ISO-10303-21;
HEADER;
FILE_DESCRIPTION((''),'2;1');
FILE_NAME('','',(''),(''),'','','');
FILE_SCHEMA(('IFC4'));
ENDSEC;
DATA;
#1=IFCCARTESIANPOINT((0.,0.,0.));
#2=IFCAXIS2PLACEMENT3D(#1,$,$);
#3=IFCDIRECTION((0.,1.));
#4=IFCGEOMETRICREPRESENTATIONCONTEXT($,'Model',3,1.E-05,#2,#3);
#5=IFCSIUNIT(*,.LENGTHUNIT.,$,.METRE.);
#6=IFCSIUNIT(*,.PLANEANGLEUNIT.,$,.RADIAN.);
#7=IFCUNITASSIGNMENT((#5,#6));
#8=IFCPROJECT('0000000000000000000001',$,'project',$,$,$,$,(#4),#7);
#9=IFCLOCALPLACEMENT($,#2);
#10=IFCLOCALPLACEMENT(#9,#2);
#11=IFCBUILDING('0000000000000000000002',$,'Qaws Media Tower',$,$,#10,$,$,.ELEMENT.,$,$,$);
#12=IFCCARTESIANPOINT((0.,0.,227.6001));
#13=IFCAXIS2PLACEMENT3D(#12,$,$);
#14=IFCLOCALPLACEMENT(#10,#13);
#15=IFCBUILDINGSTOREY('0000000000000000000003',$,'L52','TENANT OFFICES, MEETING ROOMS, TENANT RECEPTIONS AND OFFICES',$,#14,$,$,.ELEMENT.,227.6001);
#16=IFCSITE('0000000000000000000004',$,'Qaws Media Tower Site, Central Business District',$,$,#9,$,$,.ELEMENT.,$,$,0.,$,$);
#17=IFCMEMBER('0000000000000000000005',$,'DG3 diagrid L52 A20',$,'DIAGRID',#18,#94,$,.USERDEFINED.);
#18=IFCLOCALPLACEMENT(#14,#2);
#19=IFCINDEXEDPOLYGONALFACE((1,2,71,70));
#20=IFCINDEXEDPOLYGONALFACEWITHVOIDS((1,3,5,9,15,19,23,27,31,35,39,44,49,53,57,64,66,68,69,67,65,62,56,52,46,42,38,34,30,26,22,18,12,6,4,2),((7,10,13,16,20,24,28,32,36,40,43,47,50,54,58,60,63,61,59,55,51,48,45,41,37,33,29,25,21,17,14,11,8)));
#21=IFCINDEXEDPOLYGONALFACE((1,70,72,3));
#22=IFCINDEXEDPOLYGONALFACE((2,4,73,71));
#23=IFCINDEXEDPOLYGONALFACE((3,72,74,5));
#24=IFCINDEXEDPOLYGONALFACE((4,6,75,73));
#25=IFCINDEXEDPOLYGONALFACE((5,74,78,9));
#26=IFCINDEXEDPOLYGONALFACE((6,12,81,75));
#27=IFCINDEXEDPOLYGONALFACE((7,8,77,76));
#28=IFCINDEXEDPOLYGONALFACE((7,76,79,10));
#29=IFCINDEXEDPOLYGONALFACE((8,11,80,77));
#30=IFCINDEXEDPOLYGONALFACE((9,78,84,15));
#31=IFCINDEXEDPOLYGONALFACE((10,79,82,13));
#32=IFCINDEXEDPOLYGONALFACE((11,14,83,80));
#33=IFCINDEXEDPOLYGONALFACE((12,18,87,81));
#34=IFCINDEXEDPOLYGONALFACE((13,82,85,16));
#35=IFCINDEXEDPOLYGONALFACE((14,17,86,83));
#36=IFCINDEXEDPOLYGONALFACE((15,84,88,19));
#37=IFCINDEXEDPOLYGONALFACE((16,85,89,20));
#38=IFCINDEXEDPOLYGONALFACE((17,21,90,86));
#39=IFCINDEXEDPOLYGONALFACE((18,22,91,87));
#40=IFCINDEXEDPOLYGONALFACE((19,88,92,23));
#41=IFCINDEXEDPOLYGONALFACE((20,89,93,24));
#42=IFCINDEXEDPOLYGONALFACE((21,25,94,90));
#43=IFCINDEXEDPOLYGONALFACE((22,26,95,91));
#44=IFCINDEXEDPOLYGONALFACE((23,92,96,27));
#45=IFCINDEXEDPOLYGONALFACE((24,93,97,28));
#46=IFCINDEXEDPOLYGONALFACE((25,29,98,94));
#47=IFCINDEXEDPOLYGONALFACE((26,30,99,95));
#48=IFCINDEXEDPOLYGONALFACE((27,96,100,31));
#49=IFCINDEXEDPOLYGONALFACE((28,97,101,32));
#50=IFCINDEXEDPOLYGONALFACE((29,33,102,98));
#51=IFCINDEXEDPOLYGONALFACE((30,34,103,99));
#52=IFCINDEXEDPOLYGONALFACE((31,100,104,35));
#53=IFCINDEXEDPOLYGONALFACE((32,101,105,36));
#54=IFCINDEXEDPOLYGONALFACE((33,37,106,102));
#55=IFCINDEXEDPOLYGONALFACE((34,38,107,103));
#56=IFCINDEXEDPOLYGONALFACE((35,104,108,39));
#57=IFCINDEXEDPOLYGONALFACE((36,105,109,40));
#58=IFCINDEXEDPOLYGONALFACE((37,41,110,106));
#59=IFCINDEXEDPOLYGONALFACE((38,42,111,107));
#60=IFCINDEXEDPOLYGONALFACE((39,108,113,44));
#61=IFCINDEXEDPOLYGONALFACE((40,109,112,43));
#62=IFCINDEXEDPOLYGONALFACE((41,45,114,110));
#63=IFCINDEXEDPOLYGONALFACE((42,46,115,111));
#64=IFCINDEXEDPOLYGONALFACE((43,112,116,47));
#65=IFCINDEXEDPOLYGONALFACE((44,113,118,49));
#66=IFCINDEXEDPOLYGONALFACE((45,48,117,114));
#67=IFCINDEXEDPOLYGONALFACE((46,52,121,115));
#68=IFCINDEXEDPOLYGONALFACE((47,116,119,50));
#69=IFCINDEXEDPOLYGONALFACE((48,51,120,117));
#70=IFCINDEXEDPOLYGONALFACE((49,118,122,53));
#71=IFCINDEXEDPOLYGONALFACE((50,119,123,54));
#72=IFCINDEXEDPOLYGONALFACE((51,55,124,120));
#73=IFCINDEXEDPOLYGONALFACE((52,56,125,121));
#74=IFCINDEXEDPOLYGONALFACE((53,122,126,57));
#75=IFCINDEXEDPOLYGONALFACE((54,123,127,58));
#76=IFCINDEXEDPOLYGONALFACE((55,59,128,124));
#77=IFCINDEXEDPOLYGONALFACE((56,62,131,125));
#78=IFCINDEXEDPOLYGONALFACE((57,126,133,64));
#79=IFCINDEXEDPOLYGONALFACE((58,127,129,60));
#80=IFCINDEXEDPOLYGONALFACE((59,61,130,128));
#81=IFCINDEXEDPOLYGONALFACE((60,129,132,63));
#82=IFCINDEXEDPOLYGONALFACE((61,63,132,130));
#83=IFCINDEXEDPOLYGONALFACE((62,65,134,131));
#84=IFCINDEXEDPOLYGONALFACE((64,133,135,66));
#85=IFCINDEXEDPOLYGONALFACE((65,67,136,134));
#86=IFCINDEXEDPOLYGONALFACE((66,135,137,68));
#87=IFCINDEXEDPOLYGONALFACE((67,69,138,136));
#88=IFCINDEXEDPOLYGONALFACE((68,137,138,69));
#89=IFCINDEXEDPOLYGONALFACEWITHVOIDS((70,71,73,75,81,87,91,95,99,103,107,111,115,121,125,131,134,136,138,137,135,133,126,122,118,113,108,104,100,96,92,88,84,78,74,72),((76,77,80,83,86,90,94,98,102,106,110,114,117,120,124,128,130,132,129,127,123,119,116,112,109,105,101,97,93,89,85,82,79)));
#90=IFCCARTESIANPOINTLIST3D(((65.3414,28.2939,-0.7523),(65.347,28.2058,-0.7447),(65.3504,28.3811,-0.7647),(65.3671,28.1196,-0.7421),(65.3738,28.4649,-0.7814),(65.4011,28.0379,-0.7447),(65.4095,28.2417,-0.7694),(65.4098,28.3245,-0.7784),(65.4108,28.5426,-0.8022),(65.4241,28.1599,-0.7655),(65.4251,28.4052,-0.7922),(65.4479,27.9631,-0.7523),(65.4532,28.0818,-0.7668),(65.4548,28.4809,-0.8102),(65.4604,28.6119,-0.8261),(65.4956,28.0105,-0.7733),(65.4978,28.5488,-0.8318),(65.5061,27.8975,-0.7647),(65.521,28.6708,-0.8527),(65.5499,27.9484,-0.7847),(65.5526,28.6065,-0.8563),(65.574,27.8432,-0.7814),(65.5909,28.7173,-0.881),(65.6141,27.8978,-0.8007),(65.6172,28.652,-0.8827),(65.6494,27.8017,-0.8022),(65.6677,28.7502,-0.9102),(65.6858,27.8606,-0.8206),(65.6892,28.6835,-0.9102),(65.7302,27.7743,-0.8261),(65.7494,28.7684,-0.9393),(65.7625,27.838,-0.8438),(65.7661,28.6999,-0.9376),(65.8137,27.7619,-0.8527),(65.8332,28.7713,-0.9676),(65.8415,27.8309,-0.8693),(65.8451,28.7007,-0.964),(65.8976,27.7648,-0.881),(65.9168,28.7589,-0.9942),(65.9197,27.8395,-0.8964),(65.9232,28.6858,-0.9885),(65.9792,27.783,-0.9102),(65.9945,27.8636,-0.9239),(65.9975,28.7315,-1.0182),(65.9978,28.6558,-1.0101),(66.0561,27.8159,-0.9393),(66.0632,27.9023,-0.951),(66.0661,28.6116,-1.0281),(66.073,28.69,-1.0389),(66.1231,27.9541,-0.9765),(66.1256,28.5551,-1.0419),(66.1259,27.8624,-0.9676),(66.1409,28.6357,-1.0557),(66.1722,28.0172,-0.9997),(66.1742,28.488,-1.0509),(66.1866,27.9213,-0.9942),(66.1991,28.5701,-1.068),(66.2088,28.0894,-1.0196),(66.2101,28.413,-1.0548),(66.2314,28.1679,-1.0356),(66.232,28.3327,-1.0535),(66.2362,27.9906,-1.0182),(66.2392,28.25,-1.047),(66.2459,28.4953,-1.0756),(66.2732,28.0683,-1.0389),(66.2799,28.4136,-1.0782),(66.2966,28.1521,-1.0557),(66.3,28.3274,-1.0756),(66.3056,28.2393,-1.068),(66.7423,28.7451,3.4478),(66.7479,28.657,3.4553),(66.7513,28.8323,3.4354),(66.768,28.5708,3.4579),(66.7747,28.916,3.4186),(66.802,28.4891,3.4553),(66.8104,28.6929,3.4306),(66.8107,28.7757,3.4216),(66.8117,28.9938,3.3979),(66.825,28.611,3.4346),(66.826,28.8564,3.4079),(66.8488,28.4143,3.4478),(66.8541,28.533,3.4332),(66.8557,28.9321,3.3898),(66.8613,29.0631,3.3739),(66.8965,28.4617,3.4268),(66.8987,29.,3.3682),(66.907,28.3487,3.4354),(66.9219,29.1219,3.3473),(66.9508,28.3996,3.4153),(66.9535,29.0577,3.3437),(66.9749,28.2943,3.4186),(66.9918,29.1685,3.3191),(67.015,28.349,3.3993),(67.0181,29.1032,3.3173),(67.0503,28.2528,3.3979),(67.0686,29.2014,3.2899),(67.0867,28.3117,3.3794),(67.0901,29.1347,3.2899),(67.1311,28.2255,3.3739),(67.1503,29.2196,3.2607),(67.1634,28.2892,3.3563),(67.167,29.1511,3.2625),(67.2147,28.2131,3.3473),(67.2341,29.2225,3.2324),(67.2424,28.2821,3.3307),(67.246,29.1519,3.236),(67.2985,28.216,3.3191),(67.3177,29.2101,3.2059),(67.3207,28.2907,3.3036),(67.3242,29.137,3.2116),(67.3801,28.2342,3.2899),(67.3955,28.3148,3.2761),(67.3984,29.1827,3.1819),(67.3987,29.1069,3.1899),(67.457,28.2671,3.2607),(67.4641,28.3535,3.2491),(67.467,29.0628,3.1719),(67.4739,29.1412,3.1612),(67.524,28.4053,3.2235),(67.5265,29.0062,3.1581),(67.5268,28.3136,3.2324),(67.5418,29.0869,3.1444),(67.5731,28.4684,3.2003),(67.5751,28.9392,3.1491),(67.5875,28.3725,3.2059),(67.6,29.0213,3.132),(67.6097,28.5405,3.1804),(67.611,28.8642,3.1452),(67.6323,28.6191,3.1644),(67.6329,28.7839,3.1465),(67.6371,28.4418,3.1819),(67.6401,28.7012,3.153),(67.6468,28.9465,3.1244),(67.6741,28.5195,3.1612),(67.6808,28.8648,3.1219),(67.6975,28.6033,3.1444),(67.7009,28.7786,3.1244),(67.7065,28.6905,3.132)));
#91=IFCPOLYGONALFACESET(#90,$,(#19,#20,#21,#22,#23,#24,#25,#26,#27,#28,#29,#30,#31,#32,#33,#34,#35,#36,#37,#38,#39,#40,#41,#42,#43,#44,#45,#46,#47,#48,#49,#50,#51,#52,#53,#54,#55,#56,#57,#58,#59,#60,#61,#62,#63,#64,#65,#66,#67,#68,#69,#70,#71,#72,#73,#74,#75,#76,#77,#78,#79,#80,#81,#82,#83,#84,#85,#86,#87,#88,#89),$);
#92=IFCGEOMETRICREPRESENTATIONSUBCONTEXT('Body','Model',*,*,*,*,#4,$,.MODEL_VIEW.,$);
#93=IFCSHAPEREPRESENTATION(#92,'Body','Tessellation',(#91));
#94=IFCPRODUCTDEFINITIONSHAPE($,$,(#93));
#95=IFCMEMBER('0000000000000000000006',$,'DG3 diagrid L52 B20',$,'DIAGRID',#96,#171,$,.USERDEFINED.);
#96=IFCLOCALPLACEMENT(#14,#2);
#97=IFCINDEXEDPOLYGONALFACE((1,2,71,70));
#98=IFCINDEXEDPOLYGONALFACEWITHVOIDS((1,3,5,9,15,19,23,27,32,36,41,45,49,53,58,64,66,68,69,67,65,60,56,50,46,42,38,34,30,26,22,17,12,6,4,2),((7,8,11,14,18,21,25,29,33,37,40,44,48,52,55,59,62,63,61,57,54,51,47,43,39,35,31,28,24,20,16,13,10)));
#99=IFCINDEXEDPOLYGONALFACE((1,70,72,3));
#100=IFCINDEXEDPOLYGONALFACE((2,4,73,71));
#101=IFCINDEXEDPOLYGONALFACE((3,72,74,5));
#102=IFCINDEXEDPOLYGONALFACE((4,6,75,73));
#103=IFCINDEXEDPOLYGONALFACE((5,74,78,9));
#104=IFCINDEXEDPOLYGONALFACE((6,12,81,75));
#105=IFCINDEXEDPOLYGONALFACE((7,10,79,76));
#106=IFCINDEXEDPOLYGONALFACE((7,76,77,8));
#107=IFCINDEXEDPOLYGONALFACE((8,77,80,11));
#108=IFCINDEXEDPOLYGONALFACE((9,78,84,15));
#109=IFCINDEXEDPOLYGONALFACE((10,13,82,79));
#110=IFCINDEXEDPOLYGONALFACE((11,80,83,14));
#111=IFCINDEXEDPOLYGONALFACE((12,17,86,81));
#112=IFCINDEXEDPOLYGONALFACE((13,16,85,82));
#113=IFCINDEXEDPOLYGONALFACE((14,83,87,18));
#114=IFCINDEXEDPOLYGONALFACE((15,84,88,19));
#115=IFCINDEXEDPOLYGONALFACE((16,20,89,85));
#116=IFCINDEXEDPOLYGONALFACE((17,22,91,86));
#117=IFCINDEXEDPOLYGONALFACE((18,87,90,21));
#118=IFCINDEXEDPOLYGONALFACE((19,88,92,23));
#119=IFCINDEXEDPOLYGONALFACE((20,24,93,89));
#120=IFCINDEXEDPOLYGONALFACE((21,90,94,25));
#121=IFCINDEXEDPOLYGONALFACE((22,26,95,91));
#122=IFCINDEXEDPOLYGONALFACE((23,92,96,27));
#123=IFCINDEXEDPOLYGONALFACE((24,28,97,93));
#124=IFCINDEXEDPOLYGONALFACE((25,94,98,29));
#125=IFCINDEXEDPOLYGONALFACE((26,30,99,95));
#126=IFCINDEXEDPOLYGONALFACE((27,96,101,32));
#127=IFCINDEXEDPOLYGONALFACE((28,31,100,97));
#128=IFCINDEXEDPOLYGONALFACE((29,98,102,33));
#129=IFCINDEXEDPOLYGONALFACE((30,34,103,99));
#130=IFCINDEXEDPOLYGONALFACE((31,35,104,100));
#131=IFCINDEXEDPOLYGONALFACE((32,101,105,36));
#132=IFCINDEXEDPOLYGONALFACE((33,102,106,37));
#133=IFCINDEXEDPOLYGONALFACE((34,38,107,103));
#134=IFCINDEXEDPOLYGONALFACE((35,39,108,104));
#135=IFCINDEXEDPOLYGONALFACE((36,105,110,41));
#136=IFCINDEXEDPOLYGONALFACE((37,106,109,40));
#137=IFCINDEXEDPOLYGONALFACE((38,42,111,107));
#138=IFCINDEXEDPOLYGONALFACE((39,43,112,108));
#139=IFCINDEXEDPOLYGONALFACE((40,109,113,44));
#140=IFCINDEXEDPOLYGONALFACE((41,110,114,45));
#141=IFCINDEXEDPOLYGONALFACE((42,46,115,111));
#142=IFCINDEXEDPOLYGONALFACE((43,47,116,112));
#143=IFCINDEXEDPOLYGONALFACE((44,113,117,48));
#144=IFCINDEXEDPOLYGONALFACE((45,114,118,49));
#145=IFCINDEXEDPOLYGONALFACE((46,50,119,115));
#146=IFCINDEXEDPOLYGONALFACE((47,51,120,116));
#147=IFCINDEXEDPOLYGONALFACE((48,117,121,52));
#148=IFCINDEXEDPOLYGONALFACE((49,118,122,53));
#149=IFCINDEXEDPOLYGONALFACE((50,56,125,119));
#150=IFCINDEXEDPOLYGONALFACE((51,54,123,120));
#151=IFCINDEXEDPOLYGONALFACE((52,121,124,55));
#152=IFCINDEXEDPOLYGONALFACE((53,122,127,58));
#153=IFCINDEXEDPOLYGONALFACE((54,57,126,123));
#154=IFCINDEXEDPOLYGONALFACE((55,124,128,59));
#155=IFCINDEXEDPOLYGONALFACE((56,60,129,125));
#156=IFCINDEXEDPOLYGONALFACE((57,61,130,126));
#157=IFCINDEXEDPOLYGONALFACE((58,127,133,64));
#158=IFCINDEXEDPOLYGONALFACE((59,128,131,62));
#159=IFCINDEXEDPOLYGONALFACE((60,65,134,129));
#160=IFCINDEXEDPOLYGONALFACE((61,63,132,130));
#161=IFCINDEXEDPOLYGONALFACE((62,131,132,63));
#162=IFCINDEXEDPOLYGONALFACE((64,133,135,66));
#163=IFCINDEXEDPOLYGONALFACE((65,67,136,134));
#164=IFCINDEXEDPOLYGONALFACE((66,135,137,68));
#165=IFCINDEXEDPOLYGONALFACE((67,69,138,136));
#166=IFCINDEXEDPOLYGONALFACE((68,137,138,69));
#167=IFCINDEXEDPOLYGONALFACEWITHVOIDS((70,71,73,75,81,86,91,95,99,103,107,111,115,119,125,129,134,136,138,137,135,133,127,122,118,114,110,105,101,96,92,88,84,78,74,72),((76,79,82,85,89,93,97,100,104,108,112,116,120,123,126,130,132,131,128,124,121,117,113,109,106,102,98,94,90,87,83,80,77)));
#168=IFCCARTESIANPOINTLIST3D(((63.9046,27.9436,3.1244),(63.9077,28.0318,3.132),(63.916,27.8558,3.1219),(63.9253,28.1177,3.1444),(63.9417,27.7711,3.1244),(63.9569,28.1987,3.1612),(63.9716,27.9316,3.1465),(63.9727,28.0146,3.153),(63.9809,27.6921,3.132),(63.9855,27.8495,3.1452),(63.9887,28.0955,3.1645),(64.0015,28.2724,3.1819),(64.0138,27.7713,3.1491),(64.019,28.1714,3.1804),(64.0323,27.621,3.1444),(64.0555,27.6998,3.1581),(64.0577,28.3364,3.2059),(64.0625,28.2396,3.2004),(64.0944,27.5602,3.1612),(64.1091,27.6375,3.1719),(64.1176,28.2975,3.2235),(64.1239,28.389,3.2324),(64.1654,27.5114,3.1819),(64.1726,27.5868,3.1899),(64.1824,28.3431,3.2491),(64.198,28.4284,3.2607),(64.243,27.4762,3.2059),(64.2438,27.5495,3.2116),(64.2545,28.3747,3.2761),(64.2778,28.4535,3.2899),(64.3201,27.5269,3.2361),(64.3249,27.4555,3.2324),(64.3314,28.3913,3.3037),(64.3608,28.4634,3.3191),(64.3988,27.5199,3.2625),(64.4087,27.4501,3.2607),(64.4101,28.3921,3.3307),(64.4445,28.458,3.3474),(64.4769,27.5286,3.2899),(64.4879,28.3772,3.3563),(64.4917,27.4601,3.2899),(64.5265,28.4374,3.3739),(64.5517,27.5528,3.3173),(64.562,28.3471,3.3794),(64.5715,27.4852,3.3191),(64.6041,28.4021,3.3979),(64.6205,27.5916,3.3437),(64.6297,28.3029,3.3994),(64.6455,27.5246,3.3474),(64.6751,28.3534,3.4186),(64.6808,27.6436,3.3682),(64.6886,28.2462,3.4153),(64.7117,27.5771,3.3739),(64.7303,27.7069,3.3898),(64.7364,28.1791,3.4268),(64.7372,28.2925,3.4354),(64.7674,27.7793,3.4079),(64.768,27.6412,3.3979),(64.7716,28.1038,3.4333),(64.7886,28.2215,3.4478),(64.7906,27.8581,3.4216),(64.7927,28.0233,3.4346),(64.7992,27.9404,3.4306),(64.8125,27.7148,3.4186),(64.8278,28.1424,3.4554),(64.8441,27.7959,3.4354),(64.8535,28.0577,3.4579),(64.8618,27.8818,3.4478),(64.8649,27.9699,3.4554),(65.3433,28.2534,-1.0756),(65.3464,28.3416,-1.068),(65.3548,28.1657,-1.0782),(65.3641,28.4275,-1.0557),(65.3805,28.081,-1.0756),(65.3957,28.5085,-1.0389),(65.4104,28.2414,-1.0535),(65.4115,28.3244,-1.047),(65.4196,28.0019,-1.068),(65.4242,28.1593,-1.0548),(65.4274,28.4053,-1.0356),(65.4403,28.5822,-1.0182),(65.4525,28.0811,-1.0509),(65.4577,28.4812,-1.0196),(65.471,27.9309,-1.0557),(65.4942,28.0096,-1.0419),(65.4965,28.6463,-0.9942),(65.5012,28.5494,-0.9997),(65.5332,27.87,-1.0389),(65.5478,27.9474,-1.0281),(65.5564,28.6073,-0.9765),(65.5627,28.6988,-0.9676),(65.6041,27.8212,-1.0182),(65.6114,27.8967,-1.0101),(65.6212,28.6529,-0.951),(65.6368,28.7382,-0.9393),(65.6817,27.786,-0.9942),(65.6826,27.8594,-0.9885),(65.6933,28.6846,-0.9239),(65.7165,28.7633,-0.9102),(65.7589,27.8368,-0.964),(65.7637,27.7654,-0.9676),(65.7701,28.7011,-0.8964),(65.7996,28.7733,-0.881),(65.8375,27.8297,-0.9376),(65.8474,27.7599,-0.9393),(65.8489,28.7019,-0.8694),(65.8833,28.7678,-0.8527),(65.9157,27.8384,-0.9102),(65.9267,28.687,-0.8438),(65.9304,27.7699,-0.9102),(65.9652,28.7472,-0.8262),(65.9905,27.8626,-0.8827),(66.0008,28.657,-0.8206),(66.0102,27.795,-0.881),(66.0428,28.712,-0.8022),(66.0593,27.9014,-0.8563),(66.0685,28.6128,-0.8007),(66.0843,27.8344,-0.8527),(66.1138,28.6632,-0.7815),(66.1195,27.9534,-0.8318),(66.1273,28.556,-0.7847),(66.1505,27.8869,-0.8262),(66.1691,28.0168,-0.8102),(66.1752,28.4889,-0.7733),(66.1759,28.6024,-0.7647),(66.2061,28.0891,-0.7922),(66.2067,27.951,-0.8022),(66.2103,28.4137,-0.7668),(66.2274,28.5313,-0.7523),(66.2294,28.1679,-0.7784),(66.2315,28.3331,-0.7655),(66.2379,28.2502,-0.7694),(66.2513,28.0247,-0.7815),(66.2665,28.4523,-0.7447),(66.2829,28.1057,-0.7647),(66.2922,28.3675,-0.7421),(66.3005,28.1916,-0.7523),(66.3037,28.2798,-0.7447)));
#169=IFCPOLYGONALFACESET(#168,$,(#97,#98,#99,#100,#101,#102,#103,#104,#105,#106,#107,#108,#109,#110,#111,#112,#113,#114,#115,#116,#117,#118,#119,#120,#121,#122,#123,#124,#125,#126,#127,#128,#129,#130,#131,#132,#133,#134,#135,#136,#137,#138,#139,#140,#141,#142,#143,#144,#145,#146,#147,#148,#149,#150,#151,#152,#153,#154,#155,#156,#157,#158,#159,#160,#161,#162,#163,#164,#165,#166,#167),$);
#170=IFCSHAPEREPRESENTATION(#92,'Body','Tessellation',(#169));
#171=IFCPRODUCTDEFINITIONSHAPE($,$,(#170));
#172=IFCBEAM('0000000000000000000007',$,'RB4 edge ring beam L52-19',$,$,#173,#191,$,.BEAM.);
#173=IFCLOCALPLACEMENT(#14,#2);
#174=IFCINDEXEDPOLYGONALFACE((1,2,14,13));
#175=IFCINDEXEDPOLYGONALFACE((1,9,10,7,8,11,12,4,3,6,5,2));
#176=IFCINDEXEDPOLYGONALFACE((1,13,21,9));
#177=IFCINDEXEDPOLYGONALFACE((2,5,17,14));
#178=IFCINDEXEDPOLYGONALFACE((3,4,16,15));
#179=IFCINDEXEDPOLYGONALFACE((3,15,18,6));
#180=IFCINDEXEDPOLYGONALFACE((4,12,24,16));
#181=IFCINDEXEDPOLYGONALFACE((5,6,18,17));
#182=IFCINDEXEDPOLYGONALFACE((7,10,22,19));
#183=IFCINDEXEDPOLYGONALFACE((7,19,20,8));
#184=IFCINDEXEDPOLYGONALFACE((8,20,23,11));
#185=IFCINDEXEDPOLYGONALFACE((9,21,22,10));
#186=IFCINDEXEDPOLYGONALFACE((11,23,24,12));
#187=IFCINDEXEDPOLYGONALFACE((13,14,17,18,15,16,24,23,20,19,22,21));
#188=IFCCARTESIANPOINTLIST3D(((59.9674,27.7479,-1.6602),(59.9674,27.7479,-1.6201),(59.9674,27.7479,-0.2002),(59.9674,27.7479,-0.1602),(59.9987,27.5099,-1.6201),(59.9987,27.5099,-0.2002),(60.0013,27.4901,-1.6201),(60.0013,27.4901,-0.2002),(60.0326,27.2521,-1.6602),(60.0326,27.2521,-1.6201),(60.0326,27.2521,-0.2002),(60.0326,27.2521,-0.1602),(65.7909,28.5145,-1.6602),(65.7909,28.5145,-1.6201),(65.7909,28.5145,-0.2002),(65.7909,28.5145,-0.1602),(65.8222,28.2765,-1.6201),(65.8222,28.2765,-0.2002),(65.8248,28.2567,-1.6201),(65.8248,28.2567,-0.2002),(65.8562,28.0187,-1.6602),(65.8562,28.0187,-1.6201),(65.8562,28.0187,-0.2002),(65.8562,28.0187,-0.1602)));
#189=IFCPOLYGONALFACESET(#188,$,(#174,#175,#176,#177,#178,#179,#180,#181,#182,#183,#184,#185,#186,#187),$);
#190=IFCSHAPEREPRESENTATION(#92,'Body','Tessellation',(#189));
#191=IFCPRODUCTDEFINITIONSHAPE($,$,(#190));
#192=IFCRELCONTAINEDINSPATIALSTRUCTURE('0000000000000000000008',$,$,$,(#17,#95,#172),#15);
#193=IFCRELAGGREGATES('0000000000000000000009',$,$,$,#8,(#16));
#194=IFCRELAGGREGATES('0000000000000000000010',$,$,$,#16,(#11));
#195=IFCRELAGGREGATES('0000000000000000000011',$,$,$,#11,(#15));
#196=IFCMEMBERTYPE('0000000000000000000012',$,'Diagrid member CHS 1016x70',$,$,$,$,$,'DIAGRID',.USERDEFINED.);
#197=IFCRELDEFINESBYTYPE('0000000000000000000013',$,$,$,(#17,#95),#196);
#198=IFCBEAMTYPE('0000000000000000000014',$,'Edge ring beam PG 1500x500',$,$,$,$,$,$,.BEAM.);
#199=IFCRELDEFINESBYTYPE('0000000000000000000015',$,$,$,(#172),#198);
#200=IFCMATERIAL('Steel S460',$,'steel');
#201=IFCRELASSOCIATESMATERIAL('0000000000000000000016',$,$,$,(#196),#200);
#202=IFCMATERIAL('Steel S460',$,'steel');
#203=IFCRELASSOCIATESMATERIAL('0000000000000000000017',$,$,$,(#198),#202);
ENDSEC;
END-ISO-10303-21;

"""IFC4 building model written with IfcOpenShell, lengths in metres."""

from ifc_helpers import new_model, si_unit, direction, frame, origin, origin_2d, place, context, subcontext, project, spatial, hollow_circle, i_section, extrude, material, material_profile, profile_set, type_object, element, save


model = new_model("IFC4")

# Units and contexts
model_context = context("Model", 3, precision=1e-05, world=origin(), true_north=direction((0.0, 1.0)))
body_context = subcontext(model_context, "Body", "Model", "MODEL_VIEW")
ifc_project = project(units=[si_unit("LENGTHUNIT", "METRE"), si_unit("PLANEANGLEUNIT", "RADIAN")], contexts=[model_context])

# Site, building, storey
site_placement = place(None, origin())
site = spatial("IfcSite", under=ifc_project, at=site_placement, Name="Qaws Media Tower Site, Central Business District", CompositionType="ELEMENT", RefElevation=0.0)
building_placement = place(site_placement, origin())
building = spatial("IfcBuilding", under=site, at=building_placement, Name="Qaws Media Tower", CompositionType="ELEMENT")
storey_placement = place(building_placement, frame((0.0, 0.0, 227.6001)))
storey = spatial("IfcBuildingStorey", under=building, at=storey_placement, Name="L52", Description="TENANT OFFICES, MEETING ROOMS, TENANT RECEPTIONS AND OFFICES", CompositionType="ELEMENT", Elevation=227.6001)

# Members
ifc_material_1 = material(Name="Steel S460", Category="steel")
ifc_material_profile_1 = material_profile(ifc_material_1, hollow_circle(Radius=0.5081, WallThickness=0.0701, at=origin_2d()), Name="CHS 1016x70")
ifc_profile_set_1 = profile_set([ifc_material_profile_1], Name="Steel S460")
member_type_1 = type_object("IfcMemberType", Name="Diagrid member CHS 1016x70", ElementType="DIAGRID", PredefinedType="USERDEFINED", material=ifc_profile_set_1)
for number, where, z_axis, x_axis, name in (
    (1, (65.8235, 28.2666, -0.9102), (0.31478, 0.101379, 0.943735), (-0.306557, 0.951852, 0.0), "DG3 diagrid L52 A20"),
    (2, (65.8235, 28.2666, -0.9102), (-0.323284, -0.069616, 0.943738), (0.210515, -0.977591, 0.0), "DG3 diagrid L52 B20"),
):
    element("IfcMember", number, at=place(storey_placement, frame(where, z_axis=z_axis, x_axis=x_axis)), inside=storey, type_object=member_type_1, Name=name, ObjectType="DIAGRID", PredefinedType="USERDEFINED", context=body_context, shape_type="SweptSolid", body=[
        extrude(hollow_circle(Radius=0.5081, WallThickness=0.0701, at=origin_2d()), origin(), (0.0, 0.0, 1.0), 4.4504),
    ])

# Beam
ifc_material_2 = material(Name="Steel S460", Category="steel")
ifc_material_profile_2 = material_profile(ifc_material_2, i_section(OverallWidth=0.5, OverallDepth=1.5, WebThickness=0.02, FlangeThickness=0.04, at=origin_2d()), Name="PG 1500x500")
ifc_profile_set_2 = profile_set([ifc_material_profile_2], Name="Steel S460")
beam_type = type_object("IfcBeamType", Name="Edge ring beam PG 1500x500", PredefinedType="BEAM", material=ifc_profile_set_2)
beam_1_placement = place(storey_placement, frame((60.0, 27.5, -0.9102), z_axis=(0.991447, 0.130514, 0.0), x_axis=(-0.130514, 0.991447, 0.0)))
element("IfcBeam", 3, at=beam_1_placement, inside=storey, type_object=beam_type, Name="RB4 edge ring beam L52-19", PredefinedType="BEAM", context=body_context, shape_type="SweptSolid", body=[
    extrude(i_section(OverallWidth=0.5, OverallDepth=1.5, WebThickness=0.02, FlangeThickness=0.04, at=origin_2d()), origin(), (0.0, 0.0, 1.0), 5.8738),
])

save(model, "model.ifc")
